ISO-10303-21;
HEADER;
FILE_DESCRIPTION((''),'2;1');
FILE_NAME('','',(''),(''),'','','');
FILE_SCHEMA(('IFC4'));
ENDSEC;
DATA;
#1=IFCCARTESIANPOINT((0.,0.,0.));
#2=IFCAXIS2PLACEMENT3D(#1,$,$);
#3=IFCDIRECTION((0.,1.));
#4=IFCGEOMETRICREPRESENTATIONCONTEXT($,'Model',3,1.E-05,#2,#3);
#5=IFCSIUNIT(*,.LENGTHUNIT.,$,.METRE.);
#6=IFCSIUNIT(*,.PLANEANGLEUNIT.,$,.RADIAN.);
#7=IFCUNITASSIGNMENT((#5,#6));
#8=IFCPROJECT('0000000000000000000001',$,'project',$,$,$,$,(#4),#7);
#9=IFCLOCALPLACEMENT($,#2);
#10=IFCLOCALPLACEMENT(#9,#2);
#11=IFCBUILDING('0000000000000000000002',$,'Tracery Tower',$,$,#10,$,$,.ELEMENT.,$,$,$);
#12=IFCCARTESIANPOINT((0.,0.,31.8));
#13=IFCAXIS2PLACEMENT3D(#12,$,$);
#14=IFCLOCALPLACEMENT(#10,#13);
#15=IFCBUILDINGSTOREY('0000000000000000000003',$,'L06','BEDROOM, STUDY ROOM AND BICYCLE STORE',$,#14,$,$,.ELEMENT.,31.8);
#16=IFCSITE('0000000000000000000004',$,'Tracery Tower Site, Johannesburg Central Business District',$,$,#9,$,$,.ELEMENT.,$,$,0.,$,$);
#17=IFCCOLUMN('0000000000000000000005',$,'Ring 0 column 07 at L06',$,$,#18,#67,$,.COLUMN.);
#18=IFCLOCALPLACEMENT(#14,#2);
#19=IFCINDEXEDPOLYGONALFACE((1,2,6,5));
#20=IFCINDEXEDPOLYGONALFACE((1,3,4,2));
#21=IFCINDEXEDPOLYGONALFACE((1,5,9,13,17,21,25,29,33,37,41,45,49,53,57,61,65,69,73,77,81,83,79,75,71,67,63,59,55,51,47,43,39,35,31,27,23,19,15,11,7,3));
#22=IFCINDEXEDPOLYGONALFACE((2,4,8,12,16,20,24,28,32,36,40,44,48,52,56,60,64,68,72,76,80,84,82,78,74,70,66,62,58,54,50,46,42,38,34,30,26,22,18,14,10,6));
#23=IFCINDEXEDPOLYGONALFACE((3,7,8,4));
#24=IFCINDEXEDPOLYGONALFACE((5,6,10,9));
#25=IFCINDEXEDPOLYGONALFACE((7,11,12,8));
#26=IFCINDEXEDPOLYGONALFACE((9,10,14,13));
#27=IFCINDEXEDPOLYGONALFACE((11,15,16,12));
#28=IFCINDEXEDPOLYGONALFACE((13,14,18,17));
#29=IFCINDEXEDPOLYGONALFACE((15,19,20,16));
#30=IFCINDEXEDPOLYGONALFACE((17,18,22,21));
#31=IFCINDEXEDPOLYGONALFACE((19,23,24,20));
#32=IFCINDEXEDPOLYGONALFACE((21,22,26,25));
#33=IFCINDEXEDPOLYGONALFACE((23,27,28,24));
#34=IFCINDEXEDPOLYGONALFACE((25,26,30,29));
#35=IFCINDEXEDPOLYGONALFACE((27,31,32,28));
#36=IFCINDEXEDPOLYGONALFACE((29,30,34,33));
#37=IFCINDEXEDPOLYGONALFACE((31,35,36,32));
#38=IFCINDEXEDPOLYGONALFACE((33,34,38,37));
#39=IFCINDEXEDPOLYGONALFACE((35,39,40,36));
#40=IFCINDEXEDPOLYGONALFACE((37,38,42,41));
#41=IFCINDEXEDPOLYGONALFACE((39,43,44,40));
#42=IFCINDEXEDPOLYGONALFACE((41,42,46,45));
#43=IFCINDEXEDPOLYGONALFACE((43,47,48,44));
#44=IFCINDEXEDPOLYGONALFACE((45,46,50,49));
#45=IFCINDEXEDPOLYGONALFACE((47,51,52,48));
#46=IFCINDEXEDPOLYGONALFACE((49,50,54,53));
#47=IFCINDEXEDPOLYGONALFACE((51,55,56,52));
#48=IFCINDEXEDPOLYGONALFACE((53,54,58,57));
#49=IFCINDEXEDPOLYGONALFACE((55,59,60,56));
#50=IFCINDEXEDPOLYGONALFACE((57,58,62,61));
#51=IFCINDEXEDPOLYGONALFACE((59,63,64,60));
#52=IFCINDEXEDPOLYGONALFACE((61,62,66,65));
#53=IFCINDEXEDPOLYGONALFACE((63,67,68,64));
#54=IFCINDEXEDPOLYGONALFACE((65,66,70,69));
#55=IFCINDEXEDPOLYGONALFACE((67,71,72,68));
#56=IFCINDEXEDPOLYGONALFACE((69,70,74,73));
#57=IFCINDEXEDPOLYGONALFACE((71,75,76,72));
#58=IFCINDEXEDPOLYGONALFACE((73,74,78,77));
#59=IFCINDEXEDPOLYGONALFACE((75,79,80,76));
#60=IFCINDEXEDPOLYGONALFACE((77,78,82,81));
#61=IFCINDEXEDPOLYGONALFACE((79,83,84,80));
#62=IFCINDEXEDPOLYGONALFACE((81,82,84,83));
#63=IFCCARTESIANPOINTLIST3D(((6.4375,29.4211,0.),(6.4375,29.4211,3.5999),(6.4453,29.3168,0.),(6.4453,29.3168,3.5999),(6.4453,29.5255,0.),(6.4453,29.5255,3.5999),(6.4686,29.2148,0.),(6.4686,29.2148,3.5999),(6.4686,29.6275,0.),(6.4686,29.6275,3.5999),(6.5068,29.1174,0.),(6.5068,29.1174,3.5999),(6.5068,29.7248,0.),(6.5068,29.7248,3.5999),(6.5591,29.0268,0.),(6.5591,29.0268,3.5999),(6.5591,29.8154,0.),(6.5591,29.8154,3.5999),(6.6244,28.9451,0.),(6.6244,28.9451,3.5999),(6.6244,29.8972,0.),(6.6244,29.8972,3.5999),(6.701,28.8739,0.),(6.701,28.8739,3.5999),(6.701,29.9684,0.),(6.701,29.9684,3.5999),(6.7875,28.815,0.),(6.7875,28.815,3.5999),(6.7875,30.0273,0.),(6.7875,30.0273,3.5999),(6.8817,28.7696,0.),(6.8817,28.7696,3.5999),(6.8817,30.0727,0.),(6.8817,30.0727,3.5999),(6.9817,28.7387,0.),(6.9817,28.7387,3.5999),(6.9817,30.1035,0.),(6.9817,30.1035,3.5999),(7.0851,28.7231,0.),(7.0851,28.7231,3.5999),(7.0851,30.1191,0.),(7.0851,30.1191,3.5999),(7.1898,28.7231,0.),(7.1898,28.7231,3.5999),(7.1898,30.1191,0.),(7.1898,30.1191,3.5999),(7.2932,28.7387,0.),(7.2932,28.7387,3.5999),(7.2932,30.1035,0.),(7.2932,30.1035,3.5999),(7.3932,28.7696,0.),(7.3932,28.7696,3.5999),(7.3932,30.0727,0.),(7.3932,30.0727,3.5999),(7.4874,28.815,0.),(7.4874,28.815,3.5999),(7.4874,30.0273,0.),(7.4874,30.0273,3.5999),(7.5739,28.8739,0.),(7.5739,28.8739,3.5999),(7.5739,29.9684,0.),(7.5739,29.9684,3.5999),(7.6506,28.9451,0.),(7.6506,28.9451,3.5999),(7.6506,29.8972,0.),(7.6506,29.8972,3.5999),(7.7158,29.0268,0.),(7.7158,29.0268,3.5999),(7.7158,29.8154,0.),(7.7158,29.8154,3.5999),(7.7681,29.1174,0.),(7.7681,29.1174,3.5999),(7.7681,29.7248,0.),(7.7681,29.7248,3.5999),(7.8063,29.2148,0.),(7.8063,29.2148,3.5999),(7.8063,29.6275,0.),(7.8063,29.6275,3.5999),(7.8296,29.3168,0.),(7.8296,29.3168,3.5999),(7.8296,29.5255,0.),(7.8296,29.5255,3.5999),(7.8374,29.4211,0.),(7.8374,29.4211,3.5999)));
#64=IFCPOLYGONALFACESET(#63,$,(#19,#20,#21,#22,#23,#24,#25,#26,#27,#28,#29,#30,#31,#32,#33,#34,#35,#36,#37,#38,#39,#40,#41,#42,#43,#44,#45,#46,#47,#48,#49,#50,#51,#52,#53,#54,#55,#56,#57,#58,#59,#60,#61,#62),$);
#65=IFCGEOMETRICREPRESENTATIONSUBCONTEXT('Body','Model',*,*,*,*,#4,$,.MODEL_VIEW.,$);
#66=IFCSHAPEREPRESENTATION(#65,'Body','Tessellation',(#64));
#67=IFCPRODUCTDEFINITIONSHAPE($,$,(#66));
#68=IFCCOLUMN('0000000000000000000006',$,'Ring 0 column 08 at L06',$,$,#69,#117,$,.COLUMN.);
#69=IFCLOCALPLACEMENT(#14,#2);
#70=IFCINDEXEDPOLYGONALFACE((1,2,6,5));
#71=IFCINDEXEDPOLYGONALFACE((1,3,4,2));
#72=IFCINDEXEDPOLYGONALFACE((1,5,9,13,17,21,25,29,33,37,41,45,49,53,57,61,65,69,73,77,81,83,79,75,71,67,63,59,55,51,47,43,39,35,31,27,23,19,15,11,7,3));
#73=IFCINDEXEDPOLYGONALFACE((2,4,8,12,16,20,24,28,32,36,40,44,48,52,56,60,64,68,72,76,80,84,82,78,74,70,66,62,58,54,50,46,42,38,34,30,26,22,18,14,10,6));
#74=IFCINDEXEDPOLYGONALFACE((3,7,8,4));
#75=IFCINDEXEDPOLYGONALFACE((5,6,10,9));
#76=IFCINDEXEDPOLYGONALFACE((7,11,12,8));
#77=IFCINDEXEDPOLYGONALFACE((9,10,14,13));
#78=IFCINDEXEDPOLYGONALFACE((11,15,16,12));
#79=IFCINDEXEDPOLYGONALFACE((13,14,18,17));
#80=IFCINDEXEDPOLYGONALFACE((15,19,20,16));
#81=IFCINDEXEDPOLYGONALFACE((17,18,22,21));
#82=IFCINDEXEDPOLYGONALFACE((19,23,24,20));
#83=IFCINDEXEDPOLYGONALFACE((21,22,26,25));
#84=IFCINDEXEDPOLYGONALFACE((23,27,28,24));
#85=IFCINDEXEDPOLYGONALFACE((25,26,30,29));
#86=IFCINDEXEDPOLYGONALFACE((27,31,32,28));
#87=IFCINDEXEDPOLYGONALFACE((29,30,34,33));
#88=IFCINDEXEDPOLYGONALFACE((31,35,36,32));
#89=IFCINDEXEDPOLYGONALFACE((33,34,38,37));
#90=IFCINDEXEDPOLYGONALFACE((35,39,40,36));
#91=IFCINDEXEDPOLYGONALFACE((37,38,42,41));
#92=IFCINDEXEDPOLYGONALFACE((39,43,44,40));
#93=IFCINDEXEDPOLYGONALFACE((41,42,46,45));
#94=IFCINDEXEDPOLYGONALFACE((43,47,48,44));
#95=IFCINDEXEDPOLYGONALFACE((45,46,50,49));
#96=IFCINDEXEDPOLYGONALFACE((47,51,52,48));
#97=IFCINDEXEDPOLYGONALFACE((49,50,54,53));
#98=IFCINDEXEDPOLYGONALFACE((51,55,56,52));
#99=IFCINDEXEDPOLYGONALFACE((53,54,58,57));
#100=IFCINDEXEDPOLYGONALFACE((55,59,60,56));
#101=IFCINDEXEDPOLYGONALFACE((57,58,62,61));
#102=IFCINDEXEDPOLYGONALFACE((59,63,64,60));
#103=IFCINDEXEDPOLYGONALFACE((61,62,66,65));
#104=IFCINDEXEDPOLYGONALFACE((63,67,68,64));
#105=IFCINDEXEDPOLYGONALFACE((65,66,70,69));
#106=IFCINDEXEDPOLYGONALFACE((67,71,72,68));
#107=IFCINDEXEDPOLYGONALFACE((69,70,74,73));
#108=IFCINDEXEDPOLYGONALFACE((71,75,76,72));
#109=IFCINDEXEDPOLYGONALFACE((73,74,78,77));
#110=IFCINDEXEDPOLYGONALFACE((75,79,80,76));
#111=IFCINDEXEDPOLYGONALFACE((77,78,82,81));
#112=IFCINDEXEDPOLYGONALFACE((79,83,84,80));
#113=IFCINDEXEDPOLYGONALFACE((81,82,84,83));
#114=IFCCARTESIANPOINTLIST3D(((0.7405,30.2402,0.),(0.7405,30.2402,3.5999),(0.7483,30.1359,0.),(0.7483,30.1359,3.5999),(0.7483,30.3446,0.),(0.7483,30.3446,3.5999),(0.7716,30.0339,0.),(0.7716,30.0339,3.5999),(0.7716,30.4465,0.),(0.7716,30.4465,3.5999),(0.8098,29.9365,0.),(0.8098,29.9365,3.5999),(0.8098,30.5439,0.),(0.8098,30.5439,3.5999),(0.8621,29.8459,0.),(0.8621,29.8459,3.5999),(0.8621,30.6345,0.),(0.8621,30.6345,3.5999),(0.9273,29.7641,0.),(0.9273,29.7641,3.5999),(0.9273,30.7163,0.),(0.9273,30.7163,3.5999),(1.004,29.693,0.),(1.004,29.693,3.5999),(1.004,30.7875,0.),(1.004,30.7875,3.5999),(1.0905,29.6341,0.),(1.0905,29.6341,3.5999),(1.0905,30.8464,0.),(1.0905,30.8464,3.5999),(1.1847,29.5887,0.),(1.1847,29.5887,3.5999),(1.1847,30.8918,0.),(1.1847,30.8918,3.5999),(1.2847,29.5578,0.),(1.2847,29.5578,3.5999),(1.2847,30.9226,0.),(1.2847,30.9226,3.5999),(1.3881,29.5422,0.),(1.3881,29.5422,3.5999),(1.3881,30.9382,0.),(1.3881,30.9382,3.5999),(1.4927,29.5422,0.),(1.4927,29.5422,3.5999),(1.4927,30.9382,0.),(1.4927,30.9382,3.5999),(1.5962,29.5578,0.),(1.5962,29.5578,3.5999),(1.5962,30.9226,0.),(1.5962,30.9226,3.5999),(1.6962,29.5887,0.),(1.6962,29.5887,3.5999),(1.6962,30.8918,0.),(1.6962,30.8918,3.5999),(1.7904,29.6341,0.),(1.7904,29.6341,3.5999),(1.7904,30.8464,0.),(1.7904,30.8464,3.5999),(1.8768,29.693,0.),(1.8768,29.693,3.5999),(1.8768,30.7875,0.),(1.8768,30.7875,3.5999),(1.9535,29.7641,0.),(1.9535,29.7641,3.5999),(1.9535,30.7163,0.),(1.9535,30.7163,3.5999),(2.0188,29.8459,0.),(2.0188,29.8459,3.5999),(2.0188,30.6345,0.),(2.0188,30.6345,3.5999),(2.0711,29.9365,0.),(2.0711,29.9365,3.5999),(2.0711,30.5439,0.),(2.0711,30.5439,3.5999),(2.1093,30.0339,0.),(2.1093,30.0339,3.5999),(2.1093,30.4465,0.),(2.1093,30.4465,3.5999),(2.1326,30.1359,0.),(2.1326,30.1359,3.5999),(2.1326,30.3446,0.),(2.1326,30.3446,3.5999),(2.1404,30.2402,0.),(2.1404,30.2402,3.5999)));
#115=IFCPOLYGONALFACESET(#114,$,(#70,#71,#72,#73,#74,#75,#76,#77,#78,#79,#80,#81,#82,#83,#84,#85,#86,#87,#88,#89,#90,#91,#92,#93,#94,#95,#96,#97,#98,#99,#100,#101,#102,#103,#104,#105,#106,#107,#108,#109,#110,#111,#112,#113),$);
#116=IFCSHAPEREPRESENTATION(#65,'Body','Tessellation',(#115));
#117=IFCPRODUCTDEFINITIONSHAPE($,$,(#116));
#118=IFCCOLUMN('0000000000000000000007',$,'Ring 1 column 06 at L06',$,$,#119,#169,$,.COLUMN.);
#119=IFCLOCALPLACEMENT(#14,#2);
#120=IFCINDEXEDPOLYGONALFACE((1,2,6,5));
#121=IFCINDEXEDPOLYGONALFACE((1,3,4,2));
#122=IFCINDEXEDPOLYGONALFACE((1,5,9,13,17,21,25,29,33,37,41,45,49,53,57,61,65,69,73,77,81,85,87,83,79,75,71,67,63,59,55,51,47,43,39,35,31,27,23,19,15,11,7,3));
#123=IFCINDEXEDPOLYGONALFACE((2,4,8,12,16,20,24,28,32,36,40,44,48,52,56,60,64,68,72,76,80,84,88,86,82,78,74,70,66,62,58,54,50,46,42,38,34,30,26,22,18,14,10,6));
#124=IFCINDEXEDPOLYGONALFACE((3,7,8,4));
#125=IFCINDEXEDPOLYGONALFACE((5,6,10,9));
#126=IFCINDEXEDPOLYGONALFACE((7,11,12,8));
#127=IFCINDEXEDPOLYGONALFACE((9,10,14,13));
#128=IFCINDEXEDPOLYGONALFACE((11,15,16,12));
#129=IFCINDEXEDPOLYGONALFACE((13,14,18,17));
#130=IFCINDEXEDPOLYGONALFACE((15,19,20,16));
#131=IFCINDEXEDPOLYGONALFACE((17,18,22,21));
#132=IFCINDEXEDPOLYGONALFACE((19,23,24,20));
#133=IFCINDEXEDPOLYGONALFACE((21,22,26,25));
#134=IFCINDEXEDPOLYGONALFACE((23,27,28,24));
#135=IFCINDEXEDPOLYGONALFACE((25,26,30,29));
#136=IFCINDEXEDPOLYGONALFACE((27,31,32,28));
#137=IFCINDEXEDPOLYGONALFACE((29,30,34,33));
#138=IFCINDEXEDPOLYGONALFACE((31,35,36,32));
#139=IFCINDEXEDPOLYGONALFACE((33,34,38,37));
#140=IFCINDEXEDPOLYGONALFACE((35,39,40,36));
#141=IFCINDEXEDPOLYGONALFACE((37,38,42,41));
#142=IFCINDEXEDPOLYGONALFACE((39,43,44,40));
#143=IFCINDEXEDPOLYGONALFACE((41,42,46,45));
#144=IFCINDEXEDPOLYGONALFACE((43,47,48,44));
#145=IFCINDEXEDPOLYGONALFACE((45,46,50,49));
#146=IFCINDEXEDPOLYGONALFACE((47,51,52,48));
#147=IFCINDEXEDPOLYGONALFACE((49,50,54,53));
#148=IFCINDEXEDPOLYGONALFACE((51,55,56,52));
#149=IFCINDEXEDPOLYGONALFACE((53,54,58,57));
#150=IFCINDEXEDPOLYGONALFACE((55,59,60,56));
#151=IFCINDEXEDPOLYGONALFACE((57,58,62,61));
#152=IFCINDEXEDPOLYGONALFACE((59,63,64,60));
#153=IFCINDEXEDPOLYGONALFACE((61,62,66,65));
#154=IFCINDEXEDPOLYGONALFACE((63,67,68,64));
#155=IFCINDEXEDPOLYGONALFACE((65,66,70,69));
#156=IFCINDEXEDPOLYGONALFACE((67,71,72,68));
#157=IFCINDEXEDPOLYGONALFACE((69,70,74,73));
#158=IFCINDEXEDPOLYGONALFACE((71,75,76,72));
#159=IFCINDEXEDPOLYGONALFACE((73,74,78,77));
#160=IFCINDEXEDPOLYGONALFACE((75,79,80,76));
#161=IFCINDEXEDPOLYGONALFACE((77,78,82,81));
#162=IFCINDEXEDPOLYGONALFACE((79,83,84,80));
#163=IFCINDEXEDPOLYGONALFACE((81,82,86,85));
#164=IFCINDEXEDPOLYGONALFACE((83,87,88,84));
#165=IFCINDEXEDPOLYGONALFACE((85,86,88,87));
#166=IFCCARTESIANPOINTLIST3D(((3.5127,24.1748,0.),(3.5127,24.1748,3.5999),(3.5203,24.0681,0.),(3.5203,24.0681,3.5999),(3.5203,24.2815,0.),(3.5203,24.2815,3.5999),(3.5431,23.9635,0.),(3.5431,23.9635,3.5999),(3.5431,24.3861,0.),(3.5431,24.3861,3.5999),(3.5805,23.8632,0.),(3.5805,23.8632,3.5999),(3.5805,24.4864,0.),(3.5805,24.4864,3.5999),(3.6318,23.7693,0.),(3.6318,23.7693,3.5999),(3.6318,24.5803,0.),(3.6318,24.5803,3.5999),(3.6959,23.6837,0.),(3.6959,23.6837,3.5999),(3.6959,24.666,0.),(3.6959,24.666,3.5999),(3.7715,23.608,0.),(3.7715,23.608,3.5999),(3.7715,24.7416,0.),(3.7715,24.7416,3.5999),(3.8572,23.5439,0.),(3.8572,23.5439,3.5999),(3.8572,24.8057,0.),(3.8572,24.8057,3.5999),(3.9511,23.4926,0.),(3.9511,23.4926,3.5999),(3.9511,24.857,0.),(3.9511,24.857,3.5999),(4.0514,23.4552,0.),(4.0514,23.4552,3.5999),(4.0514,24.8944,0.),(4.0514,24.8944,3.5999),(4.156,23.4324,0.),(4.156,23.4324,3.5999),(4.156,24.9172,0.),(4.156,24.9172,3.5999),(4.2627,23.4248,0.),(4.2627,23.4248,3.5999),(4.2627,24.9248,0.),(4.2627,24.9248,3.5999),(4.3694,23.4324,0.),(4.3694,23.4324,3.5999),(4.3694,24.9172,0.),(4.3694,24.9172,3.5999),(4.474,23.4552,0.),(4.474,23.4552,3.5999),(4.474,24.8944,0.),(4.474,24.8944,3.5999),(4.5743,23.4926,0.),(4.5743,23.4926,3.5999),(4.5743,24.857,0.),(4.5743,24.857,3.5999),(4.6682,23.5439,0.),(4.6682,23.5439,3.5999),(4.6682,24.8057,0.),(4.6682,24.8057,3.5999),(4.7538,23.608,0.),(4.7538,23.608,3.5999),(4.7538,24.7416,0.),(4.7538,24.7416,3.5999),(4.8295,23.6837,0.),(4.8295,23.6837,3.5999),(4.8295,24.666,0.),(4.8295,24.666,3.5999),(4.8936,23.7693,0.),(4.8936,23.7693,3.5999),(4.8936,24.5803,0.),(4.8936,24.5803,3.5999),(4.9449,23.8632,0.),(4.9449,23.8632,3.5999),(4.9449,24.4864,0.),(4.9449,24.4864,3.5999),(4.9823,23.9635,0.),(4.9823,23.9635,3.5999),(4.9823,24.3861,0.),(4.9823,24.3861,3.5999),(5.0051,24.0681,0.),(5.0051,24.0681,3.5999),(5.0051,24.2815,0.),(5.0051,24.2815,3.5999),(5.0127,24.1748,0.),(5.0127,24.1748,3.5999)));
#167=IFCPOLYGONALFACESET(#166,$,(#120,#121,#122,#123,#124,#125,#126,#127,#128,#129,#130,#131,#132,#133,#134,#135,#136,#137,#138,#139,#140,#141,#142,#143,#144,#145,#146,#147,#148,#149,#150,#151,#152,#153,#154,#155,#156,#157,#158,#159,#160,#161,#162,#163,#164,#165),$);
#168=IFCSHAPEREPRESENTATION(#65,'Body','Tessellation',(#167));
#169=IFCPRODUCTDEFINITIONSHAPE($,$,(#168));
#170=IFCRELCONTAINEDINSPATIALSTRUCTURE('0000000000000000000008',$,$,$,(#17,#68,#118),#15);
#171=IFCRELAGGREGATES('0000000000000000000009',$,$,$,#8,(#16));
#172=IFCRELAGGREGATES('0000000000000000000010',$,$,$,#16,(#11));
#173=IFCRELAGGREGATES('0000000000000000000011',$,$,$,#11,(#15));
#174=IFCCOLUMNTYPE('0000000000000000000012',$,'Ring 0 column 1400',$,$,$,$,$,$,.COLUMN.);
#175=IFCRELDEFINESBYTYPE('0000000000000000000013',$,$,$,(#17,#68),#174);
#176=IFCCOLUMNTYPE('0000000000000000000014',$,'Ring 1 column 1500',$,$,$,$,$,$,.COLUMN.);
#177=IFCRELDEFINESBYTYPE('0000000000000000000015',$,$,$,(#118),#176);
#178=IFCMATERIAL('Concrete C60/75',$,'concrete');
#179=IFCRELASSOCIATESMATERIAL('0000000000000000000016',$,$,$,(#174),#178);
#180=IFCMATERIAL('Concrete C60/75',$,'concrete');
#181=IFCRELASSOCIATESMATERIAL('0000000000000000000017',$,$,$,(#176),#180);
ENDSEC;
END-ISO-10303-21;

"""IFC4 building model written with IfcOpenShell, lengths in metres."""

from ifc_helpers import new_model, si_unit, direction, frame, origin, origin_2d, place, context, subcontext, project, spatial, circle, extrude, material, material_profile, profile_set, type_object, element, save


model = new_model("IFC4")

# Units and contexts
model_context = context("Model", 3, precision=1e-05, world=origin(), true_north=direction((0.0, 1.0)))
body_context = subcontext(model_context, "Body", "Model", "MODEL_VIEW")
ifc_project = project(units=[si_unit("LENGTHUNIT", "METRE"), si_unit("PLANEANGLEUNIT", "RADIAN")], contexts=[model_context])

# Site, building, storey
site_placement = place(None, origin())
site = spatial("IfcSite", under=ifc_project, at=site_placement, Name="Tracery Tower Site, Johannesburg Central Business District", CompositionType="ELEMENT", RefElevation=0.0)
building_placement = place(site_placement, origin())
building = spatial("IfcBuilding", under=site, at=building_placement, Name="Tracery Tower", CompositionType="ELEMENT")
storey_placement = place(building_placement, frame((0.0, 0.0, 31.8)))
storey = spatial("IfcBuildingStorey", under=building, at=storey_placement, Name="L06", Description="BEDROOM, STUDY ROOM AND BICYCLE STORE", CompositionType="ELEMENT", Elevation=31.8)

# Columns
ifc_material_1 = material(Name="Concrete C60/75", Category="concrete")
ifc_material_profile_1 = material_profile(ifc_material_1, circle(Radius=0.7, at=origin_2d()), Name="RC D1400")
ifc_profile_set_1 = profile_set([ifc_material_profile_1], Name="Concrete C60/75")
column_type_1 = type_object("IfcColumnType", Name="Ring 0 column 1400", PredefinedType="COLUMN", material=ifc_profile_set_1)
for number, where, z_axis, x_axis, name in (
    (1, (7.1375, 29.4211, 0.0), (0.0, 0.0, 1.0), (1.0, 0.0, 0.0), "Ring 0 column 07 at L06"),
    (2, (1.4404, 30.2402, 0.0), (0.0, 0.0, 1.0), (1.0, 0.0, 0.0), "Ring 0 column 08 at L06"),
):
    element("IfcColumn", number, at=place(storey_placement, frame(where, z_axis=z_axis, x_axis=x_axis)), inside=storey, type_object=column_type_1, Name=name, PredefinedType="COLUMN", context=body_context, shape_type="SweptSolid", body=[
        extrude(circle(Radius=0.7, at=origin_2d()), origin(), (0.0, 0.0, 1.0), 3.5999),
    ])
ifc_material_2 = material(Name="Concrete C60/75", Category="concrete")
ifc_material_profile_2 = material_profile(ifc_material_2, circle(Radius=0.75, at=origin_2d()), Name="RC D1500")
ifc_profile_set_2 = profile_set([ifc_material_profile_2], Name="Concrete C60/75")
column_type_2 = type_object("IfcColumnType", Name="Ring 1 column 1500", PredefinedType="COLUMN", material=ifc_profile_set_2)
for number, where, z_axis, x_axis, name in (
    (3, (4.2627, 24.1748, 0.0), (0.0, 0.0, 1.0), (1.0, 0.0, 0.0), "Ring 1 column 06 at L06"),
):
    element("IfcColumn", number, at=place(storey_placement, frame(where, z_axis=z_axis, x_axis=x_axis)), inside=storey, type_object=column_type_2, Name=name, PredefinedType="COLUMN", context=body_context, shape_type="SweptSolid", body=[
        extrude(circle(Radius=0.75, at=origin_2d()), origin(), (0.0, 0.0, 1.0), 3.5999),
    ])

save(model, "model.ifc")
